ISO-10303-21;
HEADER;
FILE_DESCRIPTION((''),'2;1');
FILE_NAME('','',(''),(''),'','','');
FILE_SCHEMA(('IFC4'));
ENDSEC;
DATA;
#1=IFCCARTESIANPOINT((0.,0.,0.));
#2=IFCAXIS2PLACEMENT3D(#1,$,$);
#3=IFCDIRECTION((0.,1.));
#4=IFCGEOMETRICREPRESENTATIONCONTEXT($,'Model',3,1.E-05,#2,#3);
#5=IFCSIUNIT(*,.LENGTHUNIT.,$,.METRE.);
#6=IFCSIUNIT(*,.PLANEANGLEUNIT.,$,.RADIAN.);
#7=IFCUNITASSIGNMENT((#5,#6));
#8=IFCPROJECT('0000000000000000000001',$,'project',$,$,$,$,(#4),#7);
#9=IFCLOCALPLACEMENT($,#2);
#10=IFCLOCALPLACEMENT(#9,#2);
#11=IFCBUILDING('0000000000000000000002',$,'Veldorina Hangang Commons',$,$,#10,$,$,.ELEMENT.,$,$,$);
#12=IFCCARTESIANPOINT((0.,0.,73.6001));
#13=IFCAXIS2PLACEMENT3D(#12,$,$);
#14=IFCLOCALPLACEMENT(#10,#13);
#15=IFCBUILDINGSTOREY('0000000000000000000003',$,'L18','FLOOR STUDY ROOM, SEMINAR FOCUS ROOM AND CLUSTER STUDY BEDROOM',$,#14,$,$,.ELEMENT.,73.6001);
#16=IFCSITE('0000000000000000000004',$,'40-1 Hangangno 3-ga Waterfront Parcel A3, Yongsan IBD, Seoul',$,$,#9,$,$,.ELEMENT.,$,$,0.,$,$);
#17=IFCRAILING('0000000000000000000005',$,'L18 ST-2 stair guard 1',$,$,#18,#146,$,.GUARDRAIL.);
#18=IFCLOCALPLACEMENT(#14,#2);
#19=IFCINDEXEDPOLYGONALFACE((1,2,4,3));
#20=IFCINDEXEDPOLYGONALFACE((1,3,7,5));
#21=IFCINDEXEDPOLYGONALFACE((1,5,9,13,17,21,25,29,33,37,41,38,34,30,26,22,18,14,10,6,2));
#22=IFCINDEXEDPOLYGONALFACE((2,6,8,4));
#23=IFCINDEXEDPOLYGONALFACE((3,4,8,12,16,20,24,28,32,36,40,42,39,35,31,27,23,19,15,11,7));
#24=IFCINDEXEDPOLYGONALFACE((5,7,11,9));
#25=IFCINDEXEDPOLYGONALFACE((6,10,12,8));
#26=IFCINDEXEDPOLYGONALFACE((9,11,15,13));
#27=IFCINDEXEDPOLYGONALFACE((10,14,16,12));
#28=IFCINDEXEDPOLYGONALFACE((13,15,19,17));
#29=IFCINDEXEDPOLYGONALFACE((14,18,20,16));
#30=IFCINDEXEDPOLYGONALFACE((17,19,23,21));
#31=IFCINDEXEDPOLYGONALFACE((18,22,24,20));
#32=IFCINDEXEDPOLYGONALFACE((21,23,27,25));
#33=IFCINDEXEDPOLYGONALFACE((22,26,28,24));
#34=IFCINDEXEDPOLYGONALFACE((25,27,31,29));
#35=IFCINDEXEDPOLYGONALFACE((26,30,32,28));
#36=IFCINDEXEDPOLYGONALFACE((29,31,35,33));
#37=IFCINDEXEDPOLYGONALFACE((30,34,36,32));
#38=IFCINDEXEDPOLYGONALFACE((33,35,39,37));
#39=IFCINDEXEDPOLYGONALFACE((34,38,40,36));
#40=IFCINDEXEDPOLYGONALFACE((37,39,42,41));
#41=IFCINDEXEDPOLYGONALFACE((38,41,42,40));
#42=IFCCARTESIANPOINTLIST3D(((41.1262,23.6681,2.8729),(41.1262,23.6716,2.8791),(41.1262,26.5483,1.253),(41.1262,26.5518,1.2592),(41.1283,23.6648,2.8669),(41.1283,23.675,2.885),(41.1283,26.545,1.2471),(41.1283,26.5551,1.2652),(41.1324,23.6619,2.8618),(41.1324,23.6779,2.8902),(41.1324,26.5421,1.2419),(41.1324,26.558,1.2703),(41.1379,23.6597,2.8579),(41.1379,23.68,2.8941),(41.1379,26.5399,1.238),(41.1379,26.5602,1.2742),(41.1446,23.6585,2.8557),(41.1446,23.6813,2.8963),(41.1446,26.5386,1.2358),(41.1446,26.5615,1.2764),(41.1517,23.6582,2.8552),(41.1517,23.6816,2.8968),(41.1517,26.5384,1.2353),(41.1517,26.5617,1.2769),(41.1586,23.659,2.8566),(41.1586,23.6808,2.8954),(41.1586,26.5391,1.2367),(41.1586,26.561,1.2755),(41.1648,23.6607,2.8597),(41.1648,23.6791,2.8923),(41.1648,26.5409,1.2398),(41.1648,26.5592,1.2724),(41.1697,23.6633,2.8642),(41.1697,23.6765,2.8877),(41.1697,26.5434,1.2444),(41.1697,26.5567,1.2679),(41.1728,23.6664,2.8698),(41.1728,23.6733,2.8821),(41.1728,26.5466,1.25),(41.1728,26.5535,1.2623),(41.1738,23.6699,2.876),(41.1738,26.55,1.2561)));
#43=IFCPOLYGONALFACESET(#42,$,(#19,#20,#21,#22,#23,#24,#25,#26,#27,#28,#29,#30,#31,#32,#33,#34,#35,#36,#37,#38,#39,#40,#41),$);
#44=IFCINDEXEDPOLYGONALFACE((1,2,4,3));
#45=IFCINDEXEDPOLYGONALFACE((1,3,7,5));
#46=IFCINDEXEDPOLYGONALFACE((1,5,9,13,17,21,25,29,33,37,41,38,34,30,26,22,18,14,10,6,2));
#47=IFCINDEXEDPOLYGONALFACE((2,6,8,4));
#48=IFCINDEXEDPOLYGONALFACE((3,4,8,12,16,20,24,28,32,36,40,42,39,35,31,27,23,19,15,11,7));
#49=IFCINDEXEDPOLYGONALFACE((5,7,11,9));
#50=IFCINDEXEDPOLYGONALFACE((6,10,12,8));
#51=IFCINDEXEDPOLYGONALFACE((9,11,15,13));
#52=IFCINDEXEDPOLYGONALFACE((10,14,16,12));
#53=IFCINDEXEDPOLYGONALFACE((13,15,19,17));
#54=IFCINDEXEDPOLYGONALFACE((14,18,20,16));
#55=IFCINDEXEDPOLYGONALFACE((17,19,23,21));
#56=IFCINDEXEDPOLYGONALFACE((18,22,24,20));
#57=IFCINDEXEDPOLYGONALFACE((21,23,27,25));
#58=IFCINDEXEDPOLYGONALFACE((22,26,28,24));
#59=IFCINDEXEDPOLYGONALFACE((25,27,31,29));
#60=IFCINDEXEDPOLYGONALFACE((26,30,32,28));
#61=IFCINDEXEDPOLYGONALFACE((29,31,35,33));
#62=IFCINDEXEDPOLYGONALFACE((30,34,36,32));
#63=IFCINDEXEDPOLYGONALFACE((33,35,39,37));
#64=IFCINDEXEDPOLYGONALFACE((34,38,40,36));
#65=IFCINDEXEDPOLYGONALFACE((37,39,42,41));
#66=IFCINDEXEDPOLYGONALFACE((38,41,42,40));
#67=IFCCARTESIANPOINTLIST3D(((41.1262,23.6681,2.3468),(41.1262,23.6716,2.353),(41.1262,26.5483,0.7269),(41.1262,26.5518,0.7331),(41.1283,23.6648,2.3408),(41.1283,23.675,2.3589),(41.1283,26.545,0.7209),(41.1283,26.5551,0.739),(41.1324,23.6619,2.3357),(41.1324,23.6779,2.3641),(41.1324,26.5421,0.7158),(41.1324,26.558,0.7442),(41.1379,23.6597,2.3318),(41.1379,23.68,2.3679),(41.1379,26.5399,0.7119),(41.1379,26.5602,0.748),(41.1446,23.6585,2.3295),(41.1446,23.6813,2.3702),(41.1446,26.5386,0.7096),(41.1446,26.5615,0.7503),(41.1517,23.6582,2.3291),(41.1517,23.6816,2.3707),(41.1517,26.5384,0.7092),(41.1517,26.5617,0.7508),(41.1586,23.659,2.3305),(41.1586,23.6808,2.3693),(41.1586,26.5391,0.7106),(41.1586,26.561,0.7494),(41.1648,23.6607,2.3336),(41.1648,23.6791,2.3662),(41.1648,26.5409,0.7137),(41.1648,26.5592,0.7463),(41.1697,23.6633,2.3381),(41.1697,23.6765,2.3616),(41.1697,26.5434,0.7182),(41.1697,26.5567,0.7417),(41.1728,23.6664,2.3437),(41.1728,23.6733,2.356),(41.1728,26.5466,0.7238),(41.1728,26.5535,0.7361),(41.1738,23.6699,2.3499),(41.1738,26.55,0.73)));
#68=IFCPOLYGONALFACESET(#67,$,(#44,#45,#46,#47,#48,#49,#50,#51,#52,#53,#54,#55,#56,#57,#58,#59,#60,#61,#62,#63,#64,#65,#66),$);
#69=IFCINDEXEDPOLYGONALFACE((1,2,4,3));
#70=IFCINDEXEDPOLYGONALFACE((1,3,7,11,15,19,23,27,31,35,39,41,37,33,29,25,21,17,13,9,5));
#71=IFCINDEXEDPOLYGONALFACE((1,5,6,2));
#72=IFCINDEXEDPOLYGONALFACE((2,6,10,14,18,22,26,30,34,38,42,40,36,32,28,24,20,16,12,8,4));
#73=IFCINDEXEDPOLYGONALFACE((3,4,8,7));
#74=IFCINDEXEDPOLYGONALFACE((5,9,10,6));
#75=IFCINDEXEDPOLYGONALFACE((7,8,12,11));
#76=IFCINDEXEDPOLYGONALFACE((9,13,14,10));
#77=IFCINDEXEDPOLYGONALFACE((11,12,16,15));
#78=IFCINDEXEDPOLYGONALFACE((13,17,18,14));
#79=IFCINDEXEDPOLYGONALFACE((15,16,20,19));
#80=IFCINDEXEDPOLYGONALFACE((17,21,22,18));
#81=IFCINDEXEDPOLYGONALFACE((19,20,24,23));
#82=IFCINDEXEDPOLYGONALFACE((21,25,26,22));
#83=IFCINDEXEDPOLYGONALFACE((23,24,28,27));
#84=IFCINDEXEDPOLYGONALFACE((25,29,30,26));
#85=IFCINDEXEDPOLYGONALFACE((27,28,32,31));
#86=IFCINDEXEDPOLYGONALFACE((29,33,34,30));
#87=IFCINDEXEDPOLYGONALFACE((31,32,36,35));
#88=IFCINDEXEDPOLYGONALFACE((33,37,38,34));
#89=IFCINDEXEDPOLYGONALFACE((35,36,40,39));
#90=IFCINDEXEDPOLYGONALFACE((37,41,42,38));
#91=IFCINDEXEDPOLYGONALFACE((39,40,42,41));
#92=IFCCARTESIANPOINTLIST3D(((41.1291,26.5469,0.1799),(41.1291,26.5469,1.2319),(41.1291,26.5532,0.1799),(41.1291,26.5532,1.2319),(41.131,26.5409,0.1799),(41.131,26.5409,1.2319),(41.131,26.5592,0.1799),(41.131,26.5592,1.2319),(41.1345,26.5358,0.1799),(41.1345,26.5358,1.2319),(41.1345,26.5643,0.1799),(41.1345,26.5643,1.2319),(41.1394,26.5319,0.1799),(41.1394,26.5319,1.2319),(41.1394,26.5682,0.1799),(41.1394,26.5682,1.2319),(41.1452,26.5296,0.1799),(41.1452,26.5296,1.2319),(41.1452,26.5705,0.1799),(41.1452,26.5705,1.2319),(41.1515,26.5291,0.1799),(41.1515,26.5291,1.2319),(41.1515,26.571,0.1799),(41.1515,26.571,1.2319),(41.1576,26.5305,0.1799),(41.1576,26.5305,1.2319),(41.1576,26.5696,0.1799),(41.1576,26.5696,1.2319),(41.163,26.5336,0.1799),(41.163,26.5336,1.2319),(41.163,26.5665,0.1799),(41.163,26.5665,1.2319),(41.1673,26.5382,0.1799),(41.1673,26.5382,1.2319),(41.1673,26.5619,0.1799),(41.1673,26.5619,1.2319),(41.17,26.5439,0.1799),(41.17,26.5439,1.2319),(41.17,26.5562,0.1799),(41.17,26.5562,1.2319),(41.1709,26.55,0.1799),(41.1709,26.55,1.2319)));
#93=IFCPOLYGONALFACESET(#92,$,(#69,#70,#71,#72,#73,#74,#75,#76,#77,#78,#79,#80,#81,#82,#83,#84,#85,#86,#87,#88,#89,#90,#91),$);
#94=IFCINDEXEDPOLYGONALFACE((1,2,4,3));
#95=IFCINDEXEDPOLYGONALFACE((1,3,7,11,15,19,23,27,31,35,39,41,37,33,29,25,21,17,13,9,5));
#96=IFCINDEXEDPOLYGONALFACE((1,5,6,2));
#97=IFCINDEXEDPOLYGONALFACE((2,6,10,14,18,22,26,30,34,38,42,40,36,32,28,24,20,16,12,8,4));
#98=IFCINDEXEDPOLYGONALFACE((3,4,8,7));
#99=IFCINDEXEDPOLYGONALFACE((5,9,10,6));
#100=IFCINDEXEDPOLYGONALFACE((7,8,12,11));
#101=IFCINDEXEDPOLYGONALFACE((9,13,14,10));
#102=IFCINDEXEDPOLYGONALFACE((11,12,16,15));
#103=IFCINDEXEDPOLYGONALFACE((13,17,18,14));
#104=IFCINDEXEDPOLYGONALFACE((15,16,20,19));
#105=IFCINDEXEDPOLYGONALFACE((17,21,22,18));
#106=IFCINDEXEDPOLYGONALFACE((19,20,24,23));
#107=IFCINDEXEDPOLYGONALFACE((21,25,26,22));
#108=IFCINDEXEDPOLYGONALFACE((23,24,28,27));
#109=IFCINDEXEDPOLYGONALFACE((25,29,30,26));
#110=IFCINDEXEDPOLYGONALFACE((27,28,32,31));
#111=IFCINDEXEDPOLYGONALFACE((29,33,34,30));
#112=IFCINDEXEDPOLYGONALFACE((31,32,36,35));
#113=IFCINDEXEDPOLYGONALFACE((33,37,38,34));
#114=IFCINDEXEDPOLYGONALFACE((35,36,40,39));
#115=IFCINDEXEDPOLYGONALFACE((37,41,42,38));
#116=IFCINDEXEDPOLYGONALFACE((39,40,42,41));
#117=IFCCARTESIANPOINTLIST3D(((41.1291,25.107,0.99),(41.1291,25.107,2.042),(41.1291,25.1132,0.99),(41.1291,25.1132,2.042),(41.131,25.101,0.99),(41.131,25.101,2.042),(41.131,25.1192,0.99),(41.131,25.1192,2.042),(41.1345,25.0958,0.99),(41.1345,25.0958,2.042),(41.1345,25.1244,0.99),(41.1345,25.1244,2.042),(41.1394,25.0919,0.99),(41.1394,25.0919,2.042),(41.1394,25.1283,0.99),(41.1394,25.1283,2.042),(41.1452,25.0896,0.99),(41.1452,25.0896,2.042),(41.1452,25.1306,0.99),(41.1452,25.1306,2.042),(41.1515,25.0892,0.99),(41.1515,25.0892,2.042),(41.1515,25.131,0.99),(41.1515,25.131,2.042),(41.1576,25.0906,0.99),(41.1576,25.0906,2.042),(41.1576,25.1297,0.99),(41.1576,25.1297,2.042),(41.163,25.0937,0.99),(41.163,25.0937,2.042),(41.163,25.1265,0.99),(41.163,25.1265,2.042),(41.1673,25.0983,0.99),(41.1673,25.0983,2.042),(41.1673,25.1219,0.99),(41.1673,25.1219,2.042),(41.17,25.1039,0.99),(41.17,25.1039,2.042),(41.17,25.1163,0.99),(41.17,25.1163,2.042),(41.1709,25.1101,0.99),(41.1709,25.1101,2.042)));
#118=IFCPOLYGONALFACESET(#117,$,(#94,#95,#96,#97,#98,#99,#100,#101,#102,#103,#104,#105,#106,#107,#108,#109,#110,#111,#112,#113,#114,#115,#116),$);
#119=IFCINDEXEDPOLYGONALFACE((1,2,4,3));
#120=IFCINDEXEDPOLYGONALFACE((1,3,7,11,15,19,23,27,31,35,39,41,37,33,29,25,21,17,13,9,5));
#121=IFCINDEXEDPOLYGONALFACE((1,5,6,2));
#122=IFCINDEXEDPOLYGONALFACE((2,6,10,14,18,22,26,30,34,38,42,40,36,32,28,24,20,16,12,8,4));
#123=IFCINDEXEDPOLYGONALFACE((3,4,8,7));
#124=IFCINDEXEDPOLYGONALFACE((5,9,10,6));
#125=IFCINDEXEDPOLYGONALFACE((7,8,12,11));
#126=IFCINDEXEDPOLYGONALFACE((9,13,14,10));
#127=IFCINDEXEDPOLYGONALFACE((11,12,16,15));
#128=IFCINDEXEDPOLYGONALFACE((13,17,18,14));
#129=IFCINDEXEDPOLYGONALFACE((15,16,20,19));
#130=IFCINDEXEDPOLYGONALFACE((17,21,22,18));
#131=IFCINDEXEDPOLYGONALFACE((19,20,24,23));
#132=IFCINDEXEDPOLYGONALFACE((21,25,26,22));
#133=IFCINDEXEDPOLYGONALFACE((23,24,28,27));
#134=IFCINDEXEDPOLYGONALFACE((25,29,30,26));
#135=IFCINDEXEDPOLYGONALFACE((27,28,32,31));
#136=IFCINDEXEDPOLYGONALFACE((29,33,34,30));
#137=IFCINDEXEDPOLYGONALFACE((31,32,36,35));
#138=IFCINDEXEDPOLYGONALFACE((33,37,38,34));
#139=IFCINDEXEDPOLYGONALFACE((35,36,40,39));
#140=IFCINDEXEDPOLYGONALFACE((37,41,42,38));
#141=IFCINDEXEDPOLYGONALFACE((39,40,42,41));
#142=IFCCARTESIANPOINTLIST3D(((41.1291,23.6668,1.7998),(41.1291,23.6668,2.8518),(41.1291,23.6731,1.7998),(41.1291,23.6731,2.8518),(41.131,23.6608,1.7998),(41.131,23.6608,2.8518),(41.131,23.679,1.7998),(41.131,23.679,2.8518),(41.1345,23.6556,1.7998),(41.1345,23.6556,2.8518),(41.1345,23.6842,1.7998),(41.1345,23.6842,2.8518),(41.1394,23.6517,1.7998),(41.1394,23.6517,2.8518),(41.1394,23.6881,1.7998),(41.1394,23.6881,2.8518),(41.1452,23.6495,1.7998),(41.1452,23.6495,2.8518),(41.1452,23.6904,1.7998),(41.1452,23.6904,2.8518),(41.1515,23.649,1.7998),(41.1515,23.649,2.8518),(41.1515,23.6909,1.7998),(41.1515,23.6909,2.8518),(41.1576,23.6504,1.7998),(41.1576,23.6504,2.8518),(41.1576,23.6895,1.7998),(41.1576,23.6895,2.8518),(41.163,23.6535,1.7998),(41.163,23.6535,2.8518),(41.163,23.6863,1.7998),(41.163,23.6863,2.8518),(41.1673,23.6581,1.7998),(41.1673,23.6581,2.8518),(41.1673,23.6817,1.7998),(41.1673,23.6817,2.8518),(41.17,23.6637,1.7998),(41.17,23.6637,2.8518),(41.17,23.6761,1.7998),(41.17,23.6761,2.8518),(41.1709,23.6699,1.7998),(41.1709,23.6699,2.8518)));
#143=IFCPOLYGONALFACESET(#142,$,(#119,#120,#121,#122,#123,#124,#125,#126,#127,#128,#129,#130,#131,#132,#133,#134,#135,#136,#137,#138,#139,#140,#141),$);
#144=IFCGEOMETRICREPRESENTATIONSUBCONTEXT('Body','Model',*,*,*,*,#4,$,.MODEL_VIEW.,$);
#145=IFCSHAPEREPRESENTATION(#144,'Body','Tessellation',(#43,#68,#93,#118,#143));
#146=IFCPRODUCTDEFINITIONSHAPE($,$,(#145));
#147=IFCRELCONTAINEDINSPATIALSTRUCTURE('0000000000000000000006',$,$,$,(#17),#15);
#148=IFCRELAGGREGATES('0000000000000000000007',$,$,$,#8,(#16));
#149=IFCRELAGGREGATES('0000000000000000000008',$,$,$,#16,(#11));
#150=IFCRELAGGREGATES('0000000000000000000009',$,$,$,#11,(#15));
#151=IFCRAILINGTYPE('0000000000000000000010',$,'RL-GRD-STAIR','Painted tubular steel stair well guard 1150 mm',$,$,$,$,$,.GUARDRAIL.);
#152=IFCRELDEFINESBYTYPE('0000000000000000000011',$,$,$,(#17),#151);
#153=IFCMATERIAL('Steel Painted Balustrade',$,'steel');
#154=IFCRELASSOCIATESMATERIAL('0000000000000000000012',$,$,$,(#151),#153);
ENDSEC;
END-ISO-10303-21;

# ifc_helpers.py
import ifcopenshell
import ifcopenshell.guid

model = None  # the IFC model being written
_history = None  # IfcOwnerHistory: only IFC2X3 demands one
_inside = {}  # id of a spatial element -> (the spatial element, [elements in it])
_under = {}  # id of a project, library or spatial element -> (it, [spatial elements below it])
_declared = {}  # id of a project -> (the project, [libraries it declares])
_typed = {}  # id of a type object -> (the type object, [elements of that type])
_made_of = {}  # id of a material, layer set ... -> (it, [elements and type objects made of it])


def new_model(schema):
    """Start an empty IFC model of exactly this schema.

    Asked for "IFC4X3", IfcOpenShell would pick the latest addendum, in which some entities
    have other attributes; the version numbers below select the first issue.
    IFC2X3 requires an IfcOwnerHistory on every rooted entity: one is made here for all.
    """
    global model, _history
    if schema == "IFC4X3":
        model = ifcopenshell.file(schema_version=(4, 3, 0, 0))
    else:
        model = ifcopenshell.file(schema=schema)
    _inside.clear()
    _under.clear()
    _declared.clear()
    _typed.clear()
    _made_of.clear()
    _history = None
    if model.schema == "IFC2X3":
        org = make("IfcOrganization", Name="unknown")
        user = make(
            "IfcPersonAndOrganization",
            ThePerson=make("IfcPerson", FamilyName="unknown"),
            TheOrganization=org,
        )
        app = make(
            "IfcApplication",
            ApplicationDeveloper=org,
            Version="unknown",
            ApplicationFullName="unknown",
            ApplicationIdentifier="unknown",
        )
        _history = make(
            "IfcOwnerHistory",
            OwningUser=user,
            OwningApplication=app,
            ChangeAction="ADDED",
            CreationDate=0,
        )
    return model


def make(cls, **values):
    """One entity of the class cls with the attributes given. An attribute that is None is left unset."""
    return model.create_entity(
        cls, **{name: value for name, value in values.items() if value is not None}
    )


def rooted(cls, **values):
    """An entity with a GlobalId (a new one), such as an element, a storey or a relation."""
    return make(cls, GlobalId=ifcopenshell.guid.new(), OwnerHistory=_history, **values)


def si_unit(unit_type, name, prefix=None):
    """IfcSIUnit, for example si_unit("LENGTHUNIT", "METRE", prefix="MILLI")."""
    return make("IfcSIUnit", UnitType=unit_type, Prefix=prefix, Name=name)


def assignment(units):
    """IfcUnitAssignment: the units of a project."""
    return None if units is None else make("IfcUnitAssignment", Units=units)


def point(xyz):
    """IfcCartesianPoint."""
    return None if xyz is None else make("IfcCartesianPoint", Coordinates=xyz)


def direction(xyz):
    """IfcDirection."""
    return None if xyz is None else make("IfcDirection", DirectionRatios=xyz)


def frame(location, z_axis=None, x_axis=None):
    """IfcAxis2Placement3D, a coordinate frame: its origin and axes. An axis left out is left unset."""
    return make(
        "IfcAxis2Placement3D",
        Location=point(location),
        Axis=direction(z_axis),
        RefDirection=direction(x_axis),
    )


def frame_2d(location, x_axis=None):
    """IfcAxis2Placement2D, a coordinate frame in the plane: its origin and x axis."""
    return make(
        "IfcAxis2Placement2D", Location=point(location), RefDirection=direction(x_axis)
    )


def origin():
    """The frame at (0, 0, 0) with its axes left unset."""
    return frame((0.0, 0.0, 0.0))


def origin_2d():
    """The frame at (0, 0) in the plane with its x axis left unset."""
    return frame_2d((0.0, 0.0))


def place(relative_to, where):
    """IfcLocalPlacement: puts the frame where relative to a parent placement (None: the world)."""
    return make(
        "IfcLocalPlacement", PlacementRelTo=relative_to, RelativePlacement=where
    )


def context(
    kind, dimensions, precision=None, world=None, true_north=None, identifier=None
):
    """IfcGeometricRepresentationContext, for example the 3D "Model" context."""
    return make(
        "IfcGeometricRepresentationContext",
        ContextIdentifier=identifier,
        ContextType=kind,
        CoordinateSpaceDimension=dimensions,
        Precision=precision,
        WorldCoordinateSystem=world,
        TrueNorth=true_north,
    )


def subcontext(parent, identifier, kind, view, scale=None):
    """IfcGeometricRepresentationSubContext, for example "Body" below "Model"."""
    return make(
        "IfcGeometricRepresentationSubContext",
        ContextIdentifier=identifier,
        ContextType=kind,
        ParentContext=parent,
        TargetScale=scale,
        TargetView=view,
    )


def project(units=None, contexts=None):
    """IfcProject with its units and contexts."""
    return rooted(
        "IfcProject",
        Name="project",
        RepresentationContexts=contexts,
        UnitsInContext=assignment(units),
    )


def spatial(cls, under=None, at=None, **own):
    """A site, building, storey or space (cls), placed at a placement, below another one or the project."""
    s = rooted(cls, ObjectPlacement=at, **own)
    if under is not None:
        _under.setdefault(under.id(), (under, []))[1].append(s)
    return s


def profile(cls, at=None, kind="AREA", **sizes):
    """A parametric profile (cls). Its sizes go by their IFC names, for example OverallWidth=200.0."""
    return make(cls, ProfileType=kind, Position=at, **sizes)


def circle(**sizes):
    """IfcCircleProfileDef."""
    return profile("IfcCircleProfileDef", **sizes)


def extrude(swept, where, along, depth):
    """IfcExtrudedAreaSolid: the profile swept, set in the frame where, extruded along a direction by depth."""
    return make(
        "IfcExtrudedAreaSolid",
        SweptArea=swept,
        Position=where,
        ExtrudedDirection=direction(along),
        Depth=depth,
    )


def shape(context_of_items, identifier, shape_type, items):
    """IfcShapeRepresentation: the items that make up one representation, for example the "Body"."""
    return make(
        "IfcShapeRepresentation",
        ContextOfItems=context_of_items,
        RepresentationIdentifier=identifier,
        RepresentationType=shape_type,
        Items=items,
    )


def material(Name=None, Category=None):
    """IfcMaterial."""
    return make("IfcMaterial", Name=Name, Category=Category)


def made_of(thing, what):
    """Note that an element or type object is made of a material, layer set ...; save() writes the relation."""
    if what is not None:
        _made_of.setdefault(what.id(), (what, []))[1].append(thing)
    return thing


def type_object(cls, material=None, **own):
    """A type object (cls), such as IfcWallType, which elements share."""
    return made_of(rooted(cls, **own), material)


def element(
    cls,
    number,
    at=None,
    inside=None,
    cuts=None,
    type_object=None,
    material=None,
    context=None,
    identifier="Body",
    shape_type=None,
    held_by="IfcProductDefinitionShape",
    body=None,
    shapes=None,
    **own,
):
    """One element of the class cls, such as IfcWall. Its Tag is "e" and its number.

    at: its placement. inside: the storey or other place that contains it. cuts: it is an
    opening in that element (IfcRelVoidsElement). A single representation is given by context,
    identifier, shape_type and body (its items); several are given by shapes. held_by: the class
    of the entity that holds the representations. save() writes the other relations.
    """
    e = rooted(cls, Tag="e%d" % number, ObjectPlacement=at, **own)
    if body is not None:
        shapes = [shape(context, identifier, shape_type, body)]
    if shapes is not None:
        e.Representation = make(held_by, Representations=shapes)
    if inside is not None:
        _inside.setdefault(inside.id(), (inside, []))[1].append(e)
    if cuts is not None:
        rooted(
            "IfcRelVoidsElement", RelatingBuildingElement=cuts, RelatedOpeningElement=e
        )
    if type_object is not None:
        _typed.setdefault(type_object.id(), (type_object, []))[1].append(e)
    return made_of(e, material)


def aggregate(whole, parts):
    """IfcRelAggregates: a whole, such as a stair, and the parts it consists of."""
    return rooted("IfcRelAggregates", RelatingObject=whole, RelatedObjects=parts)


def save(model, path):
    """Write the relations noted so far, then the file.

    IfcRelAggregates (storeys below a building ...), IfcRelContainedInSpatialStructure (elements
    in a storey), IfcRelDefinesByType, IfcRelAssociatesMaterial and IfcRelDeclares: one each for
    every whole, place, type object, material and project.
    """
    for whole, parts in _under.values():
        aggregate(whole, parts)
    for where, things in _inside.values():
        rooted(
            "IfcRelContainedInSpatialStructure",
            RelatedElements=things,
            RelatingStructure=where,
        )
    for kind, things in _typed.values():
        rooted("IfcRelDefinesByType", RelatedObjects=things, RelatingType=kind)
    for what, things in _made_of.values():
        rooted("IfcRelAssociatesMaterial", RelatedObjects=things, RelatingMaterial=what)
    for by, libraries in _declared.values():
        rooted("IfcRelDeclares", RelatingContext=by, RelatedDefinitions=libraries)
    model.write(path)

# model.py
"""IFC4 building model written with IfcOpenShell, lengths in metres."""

from ifc_helpers import new_model, si_unit, direction, frame, origin, origin_2d, place, context, subcontext, project, spatial, circle, extrude, material, type_object, element, save


model = new_model("IFC4")

# Units and contexts
model_context = context("Model", 3, precision=1e-05, world=origin(), true_north=direction((0.0, 1.0)))
body_context = subcontext(model_context, "Body", "Model", "MODEL_VIEW")
ifc_project = project(units=[si_unit("LENGTHUNIT", "METRE"), si_unit("PLANEANGLEUNIT", "RADIAN")], contexts=[model_context])

# Site, building, storey
site_placement = place(None, origin())
site = spatial("IfcSite", under=ifc_project, at=site_placement, Name="40-1 Hangangno 3-ga Waterfront Parcel A3, Yongsan IBD, Seoul", CompositionType="ELEMENT", RefElevation=0.0)
building_placement = place(site_placement, origin())
building = spatial("IfcBuilding", under=site, at=building_placement, Name="Veldorina Hangang Commons", CompositionType="ELEMENT")
storey_placement = place(building_placement, frame((0.0, 0.0, 73.6001)))
storey = spatial("IfcBuildingStorey", under=building, at=storey_placement, Name="L18", Description="FLOOR STUDY ROOM, SEMINAR FOCUS ROOM AND CLUSTER STUDY BEDROOM", CompositionType="ELEMENT", Elevation=73.6001)

# Railing
ifc_material_1 = material(Name="Steel Painted Balustrade", Category="steel")
railing_type_1 = type_object("IfcRailingType", Name="RL-GRD-STAIR", Description="Painted tubular steel stair well guard 1150 mm", PredefinedType="GUARDRAIL", material=ifc_material_1)
railing_1_placement = place(storey_placement, frame((41.1499, 26.55, 0.1799)))
element("IfcRailing", 1, at=railing_1_placement, inside=storey, type_object=railing_type_1, Name="L18 ST-2 stair guard 1", PredefinedType="GUARDRAIL", context=body_context, shape_type="SweptSolid", body=[
    extrude(circle(Radius=0.0239, at=origin_2d()), frame((0.0, 0.0, 1.0762), z_axis=(0.0, -0.871601, 0.490216), x_axis=(1.0, 0.0, 0.0)), (0.0, 0.0, 1.0), 3.3044),
    extrude(circle(Radius=0.0239, at=origin_2d()), frame((0.0, 0.0, 0.55), z_axis=(0.0, -0.871601, 0.490216), x_axis=(1.0, 0.0, 0.0)), (0.0, 0.0, 1.0), 3.3044),
    extrude(circle(Radius=0.021, at=origin_2d()), origin(), (0.0, 0.0, 1.0), 1.052),
    extrude(circle(Radius=0.021, at=origin_2d()), frame((0.0, -1.4399, 0.8101)), (0.0, 0.0, 1.0), 1.052),
    extrude(circle(Radius=0.021, at=origin_2d()), frame((0.0, -2.8801, 1.6199)), (0.0, 0.0, 1.0), 1.052),
])

save(model, "model.ifc")
